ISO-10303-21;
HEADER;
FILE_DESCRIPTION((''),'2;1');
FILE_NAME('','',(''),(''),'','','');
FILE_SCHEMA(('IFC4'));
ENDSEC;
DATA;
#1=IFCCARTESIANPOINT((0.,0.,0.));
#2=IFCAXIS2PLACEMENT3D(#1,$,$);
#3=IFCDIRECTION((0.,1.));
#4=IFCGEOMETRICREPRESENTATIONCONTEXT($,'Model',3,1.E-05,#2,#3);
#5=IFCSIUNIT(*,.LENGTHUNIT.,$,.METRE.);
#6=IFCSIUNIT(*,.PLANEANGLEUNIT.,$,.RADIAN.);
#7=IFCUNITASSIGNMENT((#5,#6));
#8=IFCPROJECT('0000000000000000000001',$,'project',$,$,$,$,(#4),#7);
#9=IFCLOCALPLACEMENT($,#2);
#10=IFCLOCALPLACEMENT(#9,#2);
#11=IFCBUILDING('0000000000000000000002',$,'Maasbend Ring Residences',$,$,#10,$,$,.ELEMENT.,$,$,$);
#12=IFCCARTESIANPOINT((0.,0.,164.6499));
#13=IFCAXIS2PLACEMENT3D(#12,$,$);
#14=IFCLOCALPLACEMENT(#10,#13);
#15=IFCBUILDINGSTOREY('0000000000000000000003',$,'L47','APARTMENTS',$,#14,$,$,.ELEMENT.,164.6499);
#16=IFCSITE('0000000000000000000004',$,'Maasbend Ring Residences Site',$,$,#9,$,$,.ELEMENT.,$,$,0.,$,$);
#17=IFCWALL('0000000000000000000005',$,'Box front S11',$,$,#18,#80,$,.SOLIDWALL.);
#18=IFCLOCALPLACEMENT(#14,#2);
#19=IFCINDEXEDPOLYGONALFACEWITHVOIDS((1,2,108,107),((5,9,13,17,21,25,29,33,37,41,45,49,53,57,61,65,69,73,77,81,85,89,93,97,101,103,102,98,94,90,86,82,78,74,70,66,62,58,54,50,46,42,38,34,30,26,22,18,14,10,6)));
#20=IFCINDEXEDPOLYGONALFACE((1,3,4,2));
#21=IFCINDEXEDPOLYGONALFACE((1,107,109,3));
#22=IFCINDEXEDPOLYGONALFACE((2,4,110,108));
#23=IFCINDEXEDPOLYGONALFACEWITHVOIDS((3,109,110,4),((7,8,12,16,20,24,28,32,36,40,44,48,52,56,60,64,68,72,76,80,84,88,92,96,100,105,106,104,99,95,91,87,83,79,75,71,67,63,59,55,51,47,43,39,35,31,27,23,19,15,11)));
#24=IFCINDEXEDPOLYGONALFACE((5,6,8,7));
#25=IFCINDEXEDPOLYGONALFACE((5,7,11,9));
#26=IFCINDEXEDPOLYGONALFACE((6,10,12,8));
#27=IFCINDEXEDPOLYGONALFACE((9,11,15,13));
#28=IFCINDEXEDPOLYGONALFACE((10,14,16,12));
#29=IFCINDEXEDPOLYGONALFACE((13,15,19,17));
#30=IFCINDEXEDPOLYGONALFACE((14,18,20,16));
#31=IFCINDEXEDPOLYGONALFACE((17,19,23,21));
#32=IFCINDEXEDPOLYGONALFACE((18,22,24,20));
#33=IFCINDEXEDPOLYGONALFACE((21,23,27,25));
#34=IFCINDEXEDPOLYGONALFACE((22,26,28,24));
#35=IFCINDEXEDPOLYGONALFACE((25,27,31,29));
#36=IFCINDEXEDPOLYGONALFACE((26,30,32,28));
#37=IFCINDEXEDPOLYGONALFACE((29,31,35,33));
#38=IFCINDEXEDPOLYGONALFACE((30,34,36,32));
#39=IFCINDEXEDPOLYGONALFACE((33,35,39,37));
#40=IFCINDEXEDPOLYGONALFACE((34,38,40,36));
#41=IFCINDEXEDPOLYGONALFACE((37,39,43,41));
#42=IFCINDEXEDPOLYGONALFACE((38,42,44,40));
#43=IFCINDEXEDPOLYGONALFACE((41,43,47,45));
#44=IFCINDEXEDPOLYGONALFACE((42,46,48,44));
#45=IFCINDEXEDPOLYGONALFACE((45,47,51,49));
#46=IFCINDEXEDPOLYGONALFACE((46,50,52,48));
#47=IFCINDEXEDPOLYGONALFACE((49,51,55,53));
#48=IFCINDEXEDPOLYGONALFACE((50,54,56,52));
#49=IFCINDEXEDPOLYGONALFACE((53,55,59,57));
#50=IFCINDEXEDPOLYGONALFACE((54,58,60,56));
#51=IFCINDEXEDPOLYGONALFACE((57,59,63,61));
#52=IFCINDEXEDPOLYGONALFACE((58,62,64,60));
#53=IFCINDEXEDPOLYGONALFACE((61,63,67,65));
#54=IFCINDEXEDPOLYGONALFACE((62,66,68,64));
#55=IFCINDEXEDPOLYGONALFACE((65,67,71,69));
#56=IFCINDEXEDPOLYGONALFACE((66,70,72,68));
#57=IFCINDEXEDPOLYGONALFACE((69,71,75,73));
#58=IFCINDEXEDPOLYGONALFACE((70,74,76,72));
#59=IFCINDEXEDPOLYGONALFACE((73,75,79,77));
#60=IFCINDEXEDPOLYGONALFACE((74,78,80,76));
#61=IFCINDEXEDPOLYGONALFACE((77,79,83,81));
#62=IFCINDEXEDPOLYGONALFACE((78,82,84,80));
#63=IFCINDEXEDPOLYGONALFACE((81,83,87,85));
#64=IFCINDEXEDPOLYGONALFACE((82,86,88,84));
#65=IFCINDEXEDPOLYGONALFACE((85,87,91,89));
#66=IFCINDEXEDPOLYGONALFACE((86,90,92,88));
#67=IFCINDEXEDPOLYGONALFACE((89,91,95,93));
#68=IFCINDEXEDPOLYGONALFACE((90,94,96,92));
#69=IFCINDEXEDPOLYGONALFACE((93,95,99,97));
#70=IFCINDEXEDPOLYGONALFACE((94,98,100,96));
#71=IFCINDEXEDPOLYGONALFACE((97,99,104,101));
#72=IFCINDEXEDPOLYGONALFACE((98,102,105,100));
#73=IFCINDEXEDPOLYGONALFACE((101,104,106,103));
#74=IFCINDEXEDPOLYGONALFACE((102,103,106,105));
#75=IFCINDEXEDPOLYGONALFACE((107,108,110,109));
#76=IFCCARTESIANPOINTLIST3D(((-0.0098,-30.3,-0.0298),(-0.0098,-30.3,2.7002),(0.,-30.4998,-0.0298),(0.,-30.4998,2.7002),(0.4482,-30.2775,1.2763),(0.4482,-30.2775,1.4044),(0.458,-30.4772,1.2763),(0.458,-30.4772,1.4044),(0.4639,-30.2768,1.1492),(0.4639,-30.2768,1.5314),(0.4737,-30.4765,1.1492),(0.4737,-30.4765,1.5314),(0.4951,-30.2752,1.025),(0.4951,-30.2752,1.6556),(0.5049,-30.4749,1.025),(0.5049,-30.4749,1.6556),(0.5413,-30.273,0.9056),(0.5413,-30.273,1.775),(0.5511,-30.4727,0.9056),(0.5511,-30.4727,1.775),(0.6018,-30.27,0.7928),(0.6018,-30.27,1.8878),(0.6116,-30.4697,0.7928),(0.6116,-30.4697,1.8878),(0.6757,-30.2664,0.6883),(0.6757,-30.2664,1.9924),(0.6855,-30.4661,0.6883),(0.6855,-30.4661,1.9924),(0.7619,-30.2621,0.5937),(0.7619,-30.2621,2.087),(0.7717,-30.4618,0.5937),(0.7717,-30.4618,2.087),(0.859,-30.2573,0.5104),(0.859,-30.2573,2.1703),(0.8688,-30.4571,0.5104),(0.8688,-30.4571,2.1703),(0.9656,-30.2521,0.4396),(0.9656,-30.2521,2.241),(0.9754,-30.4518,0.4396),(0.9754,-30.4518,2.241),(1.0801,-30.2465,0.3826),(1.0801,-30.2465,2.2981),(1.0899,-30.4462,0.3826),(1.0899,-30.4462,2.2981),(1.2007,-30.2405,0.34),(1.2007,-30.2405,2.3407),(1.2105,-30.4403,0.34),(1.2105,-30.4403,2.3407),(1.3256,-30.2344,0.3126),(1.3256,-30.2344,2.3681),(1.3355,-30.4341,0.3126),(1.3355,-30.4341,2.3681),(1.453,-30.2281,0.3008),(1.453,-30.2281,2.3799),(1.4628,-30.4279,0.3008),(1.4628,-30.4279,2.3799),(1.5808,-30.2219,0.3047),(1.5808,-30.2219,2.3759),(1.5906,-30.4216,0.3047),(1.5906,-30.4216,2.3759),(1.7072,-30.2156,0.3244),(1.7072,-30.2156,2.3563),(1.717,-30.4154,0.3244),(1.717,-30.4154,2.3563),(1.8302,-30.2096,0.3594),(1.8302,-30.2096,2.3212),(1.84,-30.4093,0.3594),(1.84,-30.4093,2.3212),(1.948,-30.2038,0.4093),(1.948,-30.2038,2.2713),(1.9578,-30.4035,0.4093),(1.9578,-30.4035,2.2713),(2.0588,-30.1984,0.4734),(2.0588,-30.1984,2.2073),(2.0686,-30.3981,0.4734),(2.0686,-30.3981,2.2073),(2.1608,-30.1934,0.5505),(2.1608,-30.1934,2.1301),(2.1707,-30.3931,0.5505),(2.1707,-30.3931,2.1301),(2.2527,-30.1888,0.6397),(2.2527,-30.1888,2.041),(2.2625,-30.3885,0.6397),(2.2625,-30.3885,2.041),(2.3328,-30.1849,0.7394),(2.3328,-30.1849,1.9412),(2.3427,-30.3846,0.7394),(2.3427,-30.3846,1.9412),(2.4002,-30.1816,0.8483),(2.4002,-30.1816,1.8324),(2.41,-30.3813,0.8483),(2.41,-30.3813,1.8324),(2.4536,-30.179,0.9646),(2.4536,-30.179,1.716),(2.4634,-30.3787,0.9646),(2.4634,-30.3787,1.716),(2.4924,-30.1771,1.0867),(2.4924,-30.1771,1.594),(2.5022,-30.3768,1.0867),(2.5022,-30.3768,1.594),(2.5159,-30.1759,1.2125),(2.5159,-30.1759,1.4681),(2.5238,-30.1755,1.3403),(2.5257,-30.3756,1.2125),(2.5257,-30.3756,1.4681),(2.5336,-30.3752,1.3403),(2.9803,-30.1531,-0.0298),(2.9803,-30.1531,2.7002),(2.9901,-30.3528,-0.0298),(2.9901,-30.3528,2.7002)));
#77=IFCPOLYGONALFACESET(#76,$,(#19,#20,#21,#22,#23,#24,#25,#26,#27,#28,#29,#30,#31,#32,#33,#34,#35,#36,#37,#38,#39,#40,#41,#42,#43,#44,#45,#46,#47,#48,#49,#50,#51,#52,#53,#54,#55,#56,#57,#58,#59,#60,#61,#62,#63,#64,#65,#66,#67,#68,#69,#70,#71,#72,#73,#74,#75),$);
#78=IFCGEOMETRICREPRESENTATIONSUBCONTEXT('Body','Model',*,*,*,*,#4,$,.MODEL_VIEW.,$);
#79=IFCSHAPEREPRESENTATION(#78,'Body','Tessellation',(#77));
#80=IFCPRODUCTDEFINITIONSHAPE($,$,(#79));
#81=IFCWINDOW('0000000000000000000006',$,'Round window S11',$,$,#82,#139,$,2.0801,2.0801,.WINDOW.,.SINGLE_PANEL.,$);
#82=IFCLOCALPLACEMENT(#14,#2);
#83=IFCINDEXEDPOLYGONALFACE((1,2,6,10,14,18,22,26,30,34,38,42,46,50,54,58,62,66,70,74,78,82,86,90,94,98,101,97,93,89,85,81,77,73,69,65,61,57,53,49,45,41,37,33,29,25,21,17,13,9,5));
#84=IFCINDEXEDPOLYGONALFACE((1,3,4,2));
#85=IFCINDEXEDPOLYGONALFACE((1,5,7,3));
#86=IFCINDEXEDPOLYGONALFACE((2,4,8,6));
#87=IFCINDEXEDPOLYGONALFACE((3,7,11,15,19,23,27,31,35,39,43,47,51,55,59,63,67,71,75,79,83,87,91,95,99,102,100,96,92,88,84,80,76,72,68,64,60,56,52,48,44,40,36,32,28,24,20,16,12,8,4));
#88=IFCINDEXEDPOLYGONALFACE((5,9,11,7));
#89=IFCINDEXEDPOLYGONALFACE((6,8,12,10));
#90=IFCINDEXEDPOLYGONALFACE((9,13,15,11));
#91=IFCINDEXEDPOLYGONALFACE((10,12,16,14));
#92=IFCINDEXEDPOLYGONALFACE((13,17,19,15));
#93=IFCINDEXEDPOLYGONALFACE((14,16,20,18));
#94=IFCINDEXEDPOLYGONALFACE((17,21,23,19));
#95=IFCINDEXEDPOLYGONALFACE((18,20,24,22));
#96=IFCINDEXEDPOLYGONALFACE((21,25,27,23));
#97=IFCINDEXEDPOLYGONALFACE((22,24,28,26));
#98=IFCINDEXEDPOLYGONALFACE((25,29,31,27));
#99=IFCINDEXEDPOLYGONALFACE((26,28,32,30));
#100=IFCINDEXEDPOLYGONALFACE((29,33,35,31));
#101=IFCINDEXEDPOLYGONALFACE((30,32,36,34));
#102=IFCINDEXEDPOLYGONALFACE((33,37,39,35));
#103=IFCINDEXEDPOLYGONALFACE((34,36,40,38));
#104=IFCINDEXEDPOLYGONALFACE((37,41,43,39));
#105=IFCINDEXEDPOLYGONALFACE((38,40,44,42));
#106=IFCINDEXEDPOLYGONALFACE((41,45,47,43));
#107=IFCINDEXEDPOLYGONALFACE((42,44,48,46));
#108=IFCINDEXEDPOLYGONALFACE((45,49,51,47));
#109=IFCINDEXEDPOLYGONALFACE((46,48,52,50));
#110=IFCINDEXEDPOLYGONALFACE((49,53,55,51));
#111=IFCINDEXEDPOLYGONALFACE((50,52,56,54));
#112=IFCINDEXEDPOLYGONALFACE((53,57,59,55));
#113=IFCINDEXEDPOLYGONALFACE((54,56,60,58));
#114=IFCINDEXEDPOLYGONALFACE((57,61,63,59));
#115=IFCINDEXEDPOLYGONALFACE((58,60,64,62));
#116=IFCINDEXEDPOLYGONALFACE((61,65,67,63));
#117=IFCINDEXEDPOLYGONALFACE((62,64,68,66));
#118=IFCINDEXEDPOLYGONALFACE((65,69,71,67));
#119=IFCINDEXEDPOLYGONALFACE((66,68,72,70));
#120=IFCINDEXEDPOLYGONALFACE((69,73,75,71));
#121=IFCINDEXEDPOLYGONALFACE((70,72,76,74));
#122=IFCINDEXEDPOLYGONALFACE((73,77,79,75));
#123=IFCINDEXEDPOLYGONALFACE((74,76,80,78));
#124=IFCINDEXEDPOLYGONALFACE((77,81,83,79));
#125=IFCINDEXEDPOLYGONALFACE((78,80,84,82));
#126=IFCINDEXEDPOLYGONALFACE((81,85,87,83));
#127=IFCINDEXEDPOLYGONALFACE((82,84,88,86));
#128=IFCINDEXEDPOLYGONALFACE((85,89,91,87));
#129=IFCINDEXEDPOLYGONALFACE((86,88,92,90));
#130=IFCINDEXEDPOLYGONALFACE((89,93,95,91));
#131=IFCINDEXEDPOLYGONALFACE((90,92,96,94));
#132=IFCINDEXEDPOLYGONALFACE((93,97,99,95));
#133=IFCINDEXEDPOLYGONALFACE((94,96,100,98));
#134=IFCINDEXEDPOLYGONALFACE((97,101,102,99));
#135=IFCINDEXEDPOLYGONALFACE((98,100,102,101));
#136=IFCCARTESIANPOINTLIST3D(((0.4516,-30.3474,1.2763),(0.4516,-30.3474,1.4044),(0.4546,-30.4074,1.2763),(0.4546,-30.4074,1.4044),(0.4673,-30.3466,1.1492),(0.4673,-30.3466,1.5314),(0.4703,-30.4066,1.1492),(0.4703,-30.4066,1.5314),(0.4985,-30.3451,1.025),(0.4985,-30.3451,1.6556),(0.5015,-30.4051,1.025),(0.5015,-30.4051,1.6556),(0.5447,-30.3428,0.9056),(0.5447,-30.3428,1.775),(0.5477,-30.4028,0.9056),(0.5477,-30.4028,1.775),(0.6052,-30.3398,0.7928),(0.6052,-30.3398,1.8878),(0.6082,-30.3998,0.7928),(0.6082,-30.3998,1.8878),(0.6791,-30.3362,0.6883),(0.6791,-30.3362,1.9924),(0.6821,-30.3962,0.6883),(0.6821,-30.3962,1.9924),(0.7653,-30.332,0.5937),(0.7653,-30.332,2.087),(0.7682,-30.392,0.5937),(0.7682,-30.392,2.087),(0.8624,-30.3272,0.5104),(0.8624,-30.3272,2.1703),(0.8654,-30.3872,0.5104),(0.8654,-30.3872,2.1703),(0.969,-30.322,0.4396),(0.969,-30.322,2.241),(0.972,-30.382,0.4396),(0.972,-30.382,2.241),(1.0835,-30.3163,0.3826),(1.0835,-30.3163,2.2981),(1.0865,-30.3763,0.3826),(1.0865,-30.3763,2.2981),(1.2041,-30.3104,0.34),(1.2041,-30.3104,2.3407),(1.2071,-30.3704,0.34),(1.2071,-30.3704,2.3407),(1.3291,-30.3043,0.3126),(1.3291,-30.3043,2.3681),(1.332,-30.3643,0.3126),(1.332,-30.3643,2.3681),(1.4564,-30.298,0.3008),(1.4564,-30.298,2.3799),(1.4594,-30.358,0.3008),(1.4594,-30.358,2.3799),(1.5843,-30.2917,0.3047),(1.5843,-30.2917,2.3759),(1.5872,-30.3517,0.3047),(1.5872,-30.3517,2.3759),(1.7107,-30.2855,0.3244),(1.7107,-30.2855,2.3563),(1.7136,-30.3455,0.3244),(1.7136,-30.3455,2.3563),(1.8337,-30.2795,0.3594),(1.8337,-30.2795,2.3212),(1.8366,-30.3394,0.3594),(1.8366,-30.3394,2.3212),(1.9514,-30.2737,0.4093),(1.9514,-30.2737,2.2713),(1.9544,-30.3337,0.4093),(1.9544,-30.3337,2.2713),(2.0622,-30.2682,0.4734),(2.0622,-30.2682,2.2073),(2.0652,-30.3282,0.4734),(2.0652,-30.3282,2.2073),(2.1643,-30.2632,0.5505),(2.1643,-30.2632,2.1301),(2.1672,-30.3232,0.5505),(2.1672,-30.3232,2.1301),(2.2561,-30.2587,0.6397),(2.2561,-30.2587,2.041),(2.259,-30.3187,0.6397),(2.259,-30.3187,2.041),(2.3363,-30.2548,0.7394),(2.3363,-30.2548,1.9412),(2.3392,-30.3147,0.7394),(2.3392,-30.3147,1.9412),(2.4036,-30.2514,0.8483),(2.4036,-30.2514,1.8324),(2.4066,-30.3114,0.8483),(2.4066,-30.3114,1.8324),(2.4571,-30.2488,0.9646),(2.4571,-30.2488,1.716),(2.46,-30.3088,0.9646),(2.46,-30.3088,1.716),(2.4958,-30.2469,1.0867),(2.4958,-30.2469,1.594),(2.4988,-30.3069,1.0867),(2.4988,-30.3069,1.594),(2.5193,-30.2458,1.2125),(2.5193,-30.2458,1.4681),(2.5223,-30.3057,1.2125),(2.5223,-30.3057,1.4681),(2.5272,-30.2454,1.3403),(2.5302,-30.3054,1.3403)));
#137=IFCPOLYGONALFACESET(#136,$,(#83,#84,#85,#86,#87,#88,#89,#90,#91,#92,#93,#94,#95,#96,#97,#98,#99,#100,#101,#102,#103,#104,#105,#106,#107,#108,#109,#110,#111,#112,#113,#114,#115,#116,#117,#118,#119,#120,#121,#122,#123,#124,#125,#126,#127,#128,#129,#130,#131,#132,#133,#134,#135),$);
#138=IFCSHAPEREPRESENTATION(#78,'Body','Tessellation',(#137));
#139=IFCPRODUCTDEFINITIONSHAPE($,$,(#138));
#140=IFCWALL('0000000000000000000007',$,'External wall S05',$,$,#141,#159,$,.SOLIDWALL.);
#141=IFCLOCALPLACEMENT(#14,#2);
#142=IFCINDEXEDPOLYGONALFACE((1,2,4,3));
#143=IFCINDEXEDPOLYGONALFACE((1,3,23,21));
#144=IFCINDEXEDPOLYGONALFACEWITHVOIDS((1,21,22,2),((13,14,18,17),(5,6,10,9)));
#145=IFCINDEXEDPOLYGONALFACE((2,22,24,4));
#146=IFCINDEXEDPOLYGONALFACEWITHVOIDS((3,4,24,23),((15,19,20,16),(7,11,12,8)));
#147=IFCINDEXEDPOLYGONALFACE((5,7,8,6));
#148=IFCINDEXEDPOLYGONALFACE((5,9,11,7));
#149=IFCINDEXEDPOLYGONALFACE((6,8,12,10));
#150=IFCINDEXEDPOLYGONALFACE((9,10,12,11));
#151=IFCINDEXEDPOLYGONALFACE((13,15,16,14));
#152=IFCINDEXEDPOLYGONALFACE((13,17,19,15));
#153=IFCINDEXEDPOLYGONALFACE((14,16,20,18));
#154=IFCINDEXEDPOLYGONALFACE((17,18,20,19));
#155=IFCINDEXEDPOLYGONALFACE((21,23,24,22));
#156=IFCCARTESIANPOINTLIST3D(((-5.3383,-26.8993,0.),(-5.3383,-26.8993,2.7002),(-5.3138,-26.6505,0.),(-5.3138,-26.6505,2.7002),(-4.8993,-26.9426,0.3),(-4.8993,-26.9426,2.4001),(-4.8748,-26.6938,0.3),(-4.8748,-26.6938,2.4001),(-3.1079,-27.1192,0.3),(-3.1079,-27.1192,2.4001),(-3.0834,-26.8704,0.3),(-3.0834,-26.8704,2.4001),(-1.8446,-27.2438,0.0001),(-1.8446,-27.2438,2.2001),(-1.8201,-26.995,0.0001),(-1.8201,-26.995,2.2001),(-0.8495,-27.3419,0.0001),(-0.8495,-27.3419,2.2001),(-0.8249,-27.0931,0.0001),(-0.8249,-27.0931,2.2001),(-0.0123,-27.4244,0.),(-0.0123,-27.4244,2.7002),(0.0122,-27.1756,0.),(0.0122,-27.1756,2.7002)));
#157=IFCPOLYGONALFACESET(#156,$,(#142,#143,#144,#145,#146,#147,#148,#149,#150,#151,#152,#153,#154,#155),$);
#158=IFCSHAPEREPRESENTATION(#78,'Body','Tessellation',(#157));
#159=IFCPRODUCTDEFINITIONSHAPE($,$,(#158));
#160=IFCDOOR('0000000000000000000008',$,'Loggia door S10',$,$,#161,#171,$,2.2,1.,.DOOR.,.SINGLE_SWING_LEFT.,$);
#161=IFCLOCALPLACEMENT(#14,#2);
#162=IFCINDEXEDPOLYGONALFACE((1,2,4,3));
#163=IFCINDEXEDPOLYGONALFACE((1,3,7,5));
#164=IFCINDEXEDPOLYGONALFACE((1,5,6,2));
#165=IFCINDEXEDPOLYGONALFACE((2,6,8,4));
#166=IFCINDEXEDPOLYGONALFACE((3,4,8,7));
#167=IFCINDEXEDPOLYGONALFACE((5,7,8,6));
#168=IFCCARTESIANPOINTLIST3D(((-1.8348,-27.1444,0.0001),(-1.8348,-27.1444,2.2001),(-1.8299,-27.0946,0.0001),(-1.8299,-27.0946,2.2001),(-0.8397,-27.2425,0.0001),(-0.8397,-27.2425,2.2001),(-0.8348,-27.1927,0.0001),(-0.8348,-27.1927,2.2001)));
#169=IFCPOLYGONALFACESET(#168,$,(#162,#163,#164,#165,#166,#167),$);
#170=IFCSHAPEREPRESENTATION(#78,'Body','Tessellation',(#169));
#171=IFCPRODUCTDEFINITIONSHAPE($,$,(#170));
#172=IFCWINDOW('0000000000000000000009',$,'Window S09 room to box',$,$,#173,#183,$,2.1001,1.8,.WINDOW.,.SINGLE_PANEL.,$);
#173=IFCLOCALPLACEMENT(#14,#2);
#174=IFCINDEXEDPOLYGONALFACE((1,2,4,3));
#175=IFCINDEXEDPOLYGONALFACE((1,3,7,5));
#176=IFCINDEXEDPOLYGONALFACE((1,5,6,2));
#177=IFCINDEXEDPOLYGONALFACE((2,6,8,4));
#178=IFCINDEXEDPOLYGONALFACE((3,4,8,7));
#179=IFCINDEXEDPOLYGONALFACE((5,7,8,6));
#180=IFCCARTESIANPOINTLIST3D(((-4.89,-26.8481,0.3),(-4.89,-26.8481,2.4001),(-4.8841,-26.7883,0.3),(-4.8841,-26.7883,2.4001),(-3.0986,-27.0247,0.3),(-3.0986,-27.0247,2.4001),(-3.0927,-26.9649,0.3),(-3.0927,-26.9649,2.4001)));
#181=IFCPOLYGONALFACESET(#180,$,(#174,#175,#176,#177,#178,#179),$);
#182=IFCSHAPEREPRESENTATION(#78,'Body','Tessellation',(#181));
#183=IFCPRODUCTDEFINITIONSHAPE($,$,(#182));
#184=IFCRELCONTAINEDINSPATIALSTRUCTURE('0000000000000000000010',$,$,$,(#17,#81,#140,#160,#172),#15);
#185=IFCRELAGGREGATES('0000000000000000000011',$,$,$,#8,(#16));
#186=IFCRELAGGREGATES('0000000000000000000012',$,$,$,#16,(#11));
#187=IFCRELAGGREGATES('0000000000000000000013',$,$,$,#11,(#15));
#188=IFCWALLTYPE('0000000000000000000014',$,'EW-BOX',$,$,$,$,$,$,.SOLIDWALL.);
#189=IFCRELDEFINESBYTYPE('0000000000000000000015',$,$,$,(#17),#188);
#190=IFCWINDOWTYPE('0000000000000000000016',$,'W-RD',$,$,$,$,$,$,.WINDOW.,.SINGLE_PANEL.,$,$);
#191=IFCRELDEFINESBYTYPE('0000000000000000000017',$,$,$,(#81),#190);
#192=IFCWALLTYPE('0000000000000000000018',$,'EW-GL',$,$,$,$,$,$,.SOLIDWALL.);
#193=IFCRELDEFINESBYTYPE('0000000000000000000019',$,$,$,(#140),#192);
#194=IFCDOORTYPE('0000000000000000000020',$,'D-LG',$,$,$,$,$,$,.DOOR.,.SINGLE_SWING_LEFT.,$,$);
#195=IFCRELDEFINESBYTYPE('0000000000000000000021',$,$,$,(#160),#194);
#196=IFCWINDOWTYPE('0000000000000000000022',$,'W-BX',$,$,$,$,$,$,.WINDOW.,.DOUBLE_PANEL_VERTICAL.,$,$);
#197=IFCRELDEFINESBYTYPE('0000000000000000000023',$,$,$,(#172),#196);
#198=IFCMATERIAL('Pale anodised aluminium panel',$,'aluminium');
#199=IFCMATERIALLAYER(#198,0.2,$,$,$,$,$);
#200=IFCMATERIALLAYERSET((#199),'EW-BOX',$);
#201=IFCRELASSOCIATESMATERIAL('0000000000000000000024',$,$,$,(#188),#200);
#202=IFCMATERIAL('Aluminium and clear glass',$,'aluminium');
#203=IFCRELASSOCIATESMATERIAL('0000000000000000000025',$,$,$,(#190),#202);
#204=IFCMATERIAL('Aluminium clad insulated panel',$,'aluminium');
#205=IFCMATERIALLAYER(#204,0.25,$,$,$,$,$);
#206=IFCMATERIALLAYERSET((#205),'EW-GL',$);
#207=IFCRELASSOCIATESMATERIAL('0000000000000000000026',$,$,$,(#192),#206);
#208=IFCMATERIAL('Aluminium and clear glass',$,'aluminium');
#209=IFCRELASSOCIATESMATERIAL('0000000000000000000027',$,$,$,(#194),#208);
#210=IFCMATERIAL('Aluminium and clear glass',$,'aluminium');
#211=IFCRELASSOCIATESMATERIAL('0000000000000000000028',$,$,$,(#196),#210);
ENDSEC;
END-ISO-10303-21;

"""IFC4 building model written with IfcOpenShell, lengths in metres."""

from ifc_helpers import new_model, si_unit, direction, frame, frame_2d, origin, place, context, subcontext, project, spatial, rectangle, circle, extrude, material, layer, layer_set, type_object, element, fill, save


model = new_model("IFC4")

# Units and contexts
model_context = context("Model", 3, precision=1e-05, world=origin(), true_north=direction((0.0, 1.0)))
body_context = subcontext(model_context, "Body", "Model", "MODEL_VIEW")
ifc_project = project(units=[si_unit("LENGTHUNIT", "METRE"), si_unit("PLANEANGLEUNIT", "RADIAN")], contexts=[model_context])

# Site, building, storey
site_placement = place(None, origin())
site = spatial("IfcSite", under=ifc_project, at=site_placement, Name="Maasbend Ring Residences Site", CompositionType="ELEMENT", RefElevation=0.0)
building_placement = place(site_placement, origin())
building = spatial("IfcBuilding", under=site, at=building_placement, Name="Maasbend Ring Residences", CompositionType="ELEMENT")
storey_placement = place(building_placement, frame((0.0, 0.0, 164.6499)))
storey = spatial("IfcBuildingStorey", under=building, at=storey_placement, Name="L47", Description="APARTMENTS", CompositionType="ELEMENT", Elevation=164.6499)

# Shared definitions
ifc_material_1 = material(Name="Pale anodised aluminium panel", Category="aluminium")
ifc_layer_1 = layer(ifc_material_1, 0.2)
ifc_layer_set_1 = layer_set([ifc_layer_1], Name="EW-BOX")
wall_type_1 = type_object("IfcWallType", Name="EW-BOX", PredefinedType="SOLIDWALL", material=ifc_layer_set_1)

# Shared definitions
ifc_material_2 = material(Name="Aluminium and clear glass", Category="aluminium")
window_type_1 = type_object("IfcWindowType", Name="W-RD", PartitioningType="SINGLE_PANEL", PredefinedType="WINDOW", material=ifc_material_2)

# Wall, opening, window
wall_1_placement = place(storey_placement, frame((-0.0049, -30.3999, -0.0298), z_axis=(0.0, 0.0, 1.0), x_axis=(0.998794, 0.049096, 0.0)))
wall_1 = element("IfcWall", 1, at=wall_1_placement, inside=storey, type_object=wall_type_1, Name="Box front S11", PredefinedType="SOLIDWALL", context=body_context, shape_type="SweptSolid", body=[
    extrude(rectangle(XDim=2.9937, YDim=0.2, at=frame_2d((1.4968, 0.0))), origin(), (0.0, 0.0, 1.0), 2.73),
])
opening_1_placement = place(wall_1_placement, frame((0.4565, 0.0, 0.3301)))
opening_1 = element("IfcOpeningElement", 2, at=opening_1_placement, cuts=wall_1, PredefinedType="OPENING", context=body_context, shape_type="SweptSolid", body=[
    extrude(circle(Radius=1.04, at=frame_2d((1.04, 1.04))), frame((0.0, 0.1099, 0.0), z_axis=(0.0, -1.0, 0.0), x_axis=(1.0, 0.0, 0.0)), (0.0, 0.0, 1.0), 0.22),
])
window_1_placement = place(opening_1_placement, origin())
window_1 = element("IfcWindow", 3, at=window_1_placement, inside=storey, type_object=window_type_1, Name="Round window S11", OverallHeight=2.0801, OverallWidth=2.0801, PartitioningType="SINGLE_PANEL", PredefinedType="WINDOW", context=body_context, shape_type="SweptSolid", body=[
    extrude(circle(Radius=1.04, at=frame_2d((1.04, 1.04))), frame((0.0, 0.03, 0.0), z_axis=(0.0, -1.0, 0.0), x_axis=(1.0, 0.0, 0.0)), (0.0, 0.0, 1.0), 0.0601),
])
fill(opening_1, window_1)

# Wall, openings, door, window
ifc_material_3 = material(Name="Aluminium clad insulated panel", Category="aluminium")
ifc_layer_2 = layer(ifc_material_3, 0.25)
ifc_layer_set_2 = layer_set([ifc_layer_2], Name="EW-GL")
wall_type_2 = type_object("IfcWallType", Name="EW-GL", PredefinedType="SOLIDWALL", material=ifc_layer_set_2)
wall_2_placement = place(storey_placement, frame((-5.3259, -26.7749, 0.0), z_axis=(0.0, 0.0, 1.0), x_axis=(0.995174, -0.098126, 0.0)))
wall_2 = element("IfcWall", 4, at=wall_2_placement, inside=storey, type_object=wall_type_2, Name="External wall S05", PredefinedType="SOLIDWALL", context=body_context, shape_type="SweptSolid", body=[
    extrude(rectangle(XDim=5.3518, YDim=0.25, at=frame_2d((2.6758, 0.0))), origin(), (0.0, 0.0, 1.0), 2.7002),
])
opening_2_placement = place(wall_2_placement, frame((0.4412, 0.0, 0.3)))
opening_2 = element("IfcOpeningElement", 5, at=opening_2_placement, cuts=wall_2, PredefinedType="OPENING", context=body_context, shape_type="SweptSolid", body=[
    extrude(rectangle(XDim=1.8, YDim=2.1001, at=frame_2d((0.8999, 1.05))), frame((0.0, 0.135, 0.0), z_axis=(0.0, -1.0, 0.0), x_axis=(1.0, 0.0, 0.0)), (0.0, 0.0, 1.0), 0.27),
])
opening_3_placement = place(wall_2_placement, frame((3.5105, 0.0, 0.0)))
opening_3 = element("IfcOpeningElement", 6, at=opening_3_placement, cuts=wall_2, PredefinedType="OPENING", context=body_context, shape_type="SweptSolid", body=[
    extrude(rectangle(XDim=1.0, YDim=2.2, at=frame_2d((0.5, 1.1001))), frame((0.0, 0.135, 0.0), z_axis=(0.0, -1.0, 0.0), x_axis=(1.0, 0.0, 0.0)), (0.0, 0.0, 1.0), 0.27),
])
ifc_material_4 = material(Name="Aluminium and clear glass", Category="aluminium")
door_type_1 = type_object("IfcDoorType", Name="D-LG", OperationType="SINGLE_SWING_LEFT", PredefinedType="DOOR", material=ifc_material_4)
door_1_placement = place(opening_3_placement, origin())
door_1 = element("IfcDoor", 7, at=door_1_placement, inside=storey, type_object=door_type_1, Name="Loggia door S10", OperationType="SINGLE_SWING_LEFT", OverallHeight=2.2, OverallWidth=1.0, PredefinedType="DOOR", context=body_context, shape_type="SweptSolid", body=[
    extrude(rectangle(XDim=1.0, YDim=2.2, at=frame_2d((0.5, 1.1001))), frame((0.0, 0.0249, 0.0), z_axis=(0.0, -1.0, 0.0), x_axis=(1.0, 0.0, 0.0)), (0.0, 0.0, 1.0), 0.05),
])
fill(opening_3, door_1)
ifc_material_5 = material(Name="Aluminium and clear glass", Category="aluminium")
window_type_2 = type_object("IfcWindowType", Name="W-BX", PartitioningType="DOUBLE_PANEL_VERTICAL", PredefinedType="WINDOW", material=ifc_material_5)
window_2_placement = place(opening_2_placement, origin())
window_2 = element("IfcWindow", 8, at=window_2_placement, inside=storey, type_object=window_type_2, Name="Window S09 room to box", OverallHeight=2.1001, OverallWidth=1.8, PartitioningType="SINGLE_PANEL", PredefinedType="WINDOW", context=body_context, shape_type="SweptSolid", body=[
    extrude(rectangle(XDim=1.8, YDim=2.1001, at=frame_2d((0.8999, 1.05))), frame((0.0, 0.03, 0.0), z_axis=(0.0, -1.0, 0.0), x_axis=(1.0, 0.0, 0.0)), (0.0, 0.0, 1.0), 0.0601),
])
fill(opening_2, window_2)

save(model, "model.ifc")
